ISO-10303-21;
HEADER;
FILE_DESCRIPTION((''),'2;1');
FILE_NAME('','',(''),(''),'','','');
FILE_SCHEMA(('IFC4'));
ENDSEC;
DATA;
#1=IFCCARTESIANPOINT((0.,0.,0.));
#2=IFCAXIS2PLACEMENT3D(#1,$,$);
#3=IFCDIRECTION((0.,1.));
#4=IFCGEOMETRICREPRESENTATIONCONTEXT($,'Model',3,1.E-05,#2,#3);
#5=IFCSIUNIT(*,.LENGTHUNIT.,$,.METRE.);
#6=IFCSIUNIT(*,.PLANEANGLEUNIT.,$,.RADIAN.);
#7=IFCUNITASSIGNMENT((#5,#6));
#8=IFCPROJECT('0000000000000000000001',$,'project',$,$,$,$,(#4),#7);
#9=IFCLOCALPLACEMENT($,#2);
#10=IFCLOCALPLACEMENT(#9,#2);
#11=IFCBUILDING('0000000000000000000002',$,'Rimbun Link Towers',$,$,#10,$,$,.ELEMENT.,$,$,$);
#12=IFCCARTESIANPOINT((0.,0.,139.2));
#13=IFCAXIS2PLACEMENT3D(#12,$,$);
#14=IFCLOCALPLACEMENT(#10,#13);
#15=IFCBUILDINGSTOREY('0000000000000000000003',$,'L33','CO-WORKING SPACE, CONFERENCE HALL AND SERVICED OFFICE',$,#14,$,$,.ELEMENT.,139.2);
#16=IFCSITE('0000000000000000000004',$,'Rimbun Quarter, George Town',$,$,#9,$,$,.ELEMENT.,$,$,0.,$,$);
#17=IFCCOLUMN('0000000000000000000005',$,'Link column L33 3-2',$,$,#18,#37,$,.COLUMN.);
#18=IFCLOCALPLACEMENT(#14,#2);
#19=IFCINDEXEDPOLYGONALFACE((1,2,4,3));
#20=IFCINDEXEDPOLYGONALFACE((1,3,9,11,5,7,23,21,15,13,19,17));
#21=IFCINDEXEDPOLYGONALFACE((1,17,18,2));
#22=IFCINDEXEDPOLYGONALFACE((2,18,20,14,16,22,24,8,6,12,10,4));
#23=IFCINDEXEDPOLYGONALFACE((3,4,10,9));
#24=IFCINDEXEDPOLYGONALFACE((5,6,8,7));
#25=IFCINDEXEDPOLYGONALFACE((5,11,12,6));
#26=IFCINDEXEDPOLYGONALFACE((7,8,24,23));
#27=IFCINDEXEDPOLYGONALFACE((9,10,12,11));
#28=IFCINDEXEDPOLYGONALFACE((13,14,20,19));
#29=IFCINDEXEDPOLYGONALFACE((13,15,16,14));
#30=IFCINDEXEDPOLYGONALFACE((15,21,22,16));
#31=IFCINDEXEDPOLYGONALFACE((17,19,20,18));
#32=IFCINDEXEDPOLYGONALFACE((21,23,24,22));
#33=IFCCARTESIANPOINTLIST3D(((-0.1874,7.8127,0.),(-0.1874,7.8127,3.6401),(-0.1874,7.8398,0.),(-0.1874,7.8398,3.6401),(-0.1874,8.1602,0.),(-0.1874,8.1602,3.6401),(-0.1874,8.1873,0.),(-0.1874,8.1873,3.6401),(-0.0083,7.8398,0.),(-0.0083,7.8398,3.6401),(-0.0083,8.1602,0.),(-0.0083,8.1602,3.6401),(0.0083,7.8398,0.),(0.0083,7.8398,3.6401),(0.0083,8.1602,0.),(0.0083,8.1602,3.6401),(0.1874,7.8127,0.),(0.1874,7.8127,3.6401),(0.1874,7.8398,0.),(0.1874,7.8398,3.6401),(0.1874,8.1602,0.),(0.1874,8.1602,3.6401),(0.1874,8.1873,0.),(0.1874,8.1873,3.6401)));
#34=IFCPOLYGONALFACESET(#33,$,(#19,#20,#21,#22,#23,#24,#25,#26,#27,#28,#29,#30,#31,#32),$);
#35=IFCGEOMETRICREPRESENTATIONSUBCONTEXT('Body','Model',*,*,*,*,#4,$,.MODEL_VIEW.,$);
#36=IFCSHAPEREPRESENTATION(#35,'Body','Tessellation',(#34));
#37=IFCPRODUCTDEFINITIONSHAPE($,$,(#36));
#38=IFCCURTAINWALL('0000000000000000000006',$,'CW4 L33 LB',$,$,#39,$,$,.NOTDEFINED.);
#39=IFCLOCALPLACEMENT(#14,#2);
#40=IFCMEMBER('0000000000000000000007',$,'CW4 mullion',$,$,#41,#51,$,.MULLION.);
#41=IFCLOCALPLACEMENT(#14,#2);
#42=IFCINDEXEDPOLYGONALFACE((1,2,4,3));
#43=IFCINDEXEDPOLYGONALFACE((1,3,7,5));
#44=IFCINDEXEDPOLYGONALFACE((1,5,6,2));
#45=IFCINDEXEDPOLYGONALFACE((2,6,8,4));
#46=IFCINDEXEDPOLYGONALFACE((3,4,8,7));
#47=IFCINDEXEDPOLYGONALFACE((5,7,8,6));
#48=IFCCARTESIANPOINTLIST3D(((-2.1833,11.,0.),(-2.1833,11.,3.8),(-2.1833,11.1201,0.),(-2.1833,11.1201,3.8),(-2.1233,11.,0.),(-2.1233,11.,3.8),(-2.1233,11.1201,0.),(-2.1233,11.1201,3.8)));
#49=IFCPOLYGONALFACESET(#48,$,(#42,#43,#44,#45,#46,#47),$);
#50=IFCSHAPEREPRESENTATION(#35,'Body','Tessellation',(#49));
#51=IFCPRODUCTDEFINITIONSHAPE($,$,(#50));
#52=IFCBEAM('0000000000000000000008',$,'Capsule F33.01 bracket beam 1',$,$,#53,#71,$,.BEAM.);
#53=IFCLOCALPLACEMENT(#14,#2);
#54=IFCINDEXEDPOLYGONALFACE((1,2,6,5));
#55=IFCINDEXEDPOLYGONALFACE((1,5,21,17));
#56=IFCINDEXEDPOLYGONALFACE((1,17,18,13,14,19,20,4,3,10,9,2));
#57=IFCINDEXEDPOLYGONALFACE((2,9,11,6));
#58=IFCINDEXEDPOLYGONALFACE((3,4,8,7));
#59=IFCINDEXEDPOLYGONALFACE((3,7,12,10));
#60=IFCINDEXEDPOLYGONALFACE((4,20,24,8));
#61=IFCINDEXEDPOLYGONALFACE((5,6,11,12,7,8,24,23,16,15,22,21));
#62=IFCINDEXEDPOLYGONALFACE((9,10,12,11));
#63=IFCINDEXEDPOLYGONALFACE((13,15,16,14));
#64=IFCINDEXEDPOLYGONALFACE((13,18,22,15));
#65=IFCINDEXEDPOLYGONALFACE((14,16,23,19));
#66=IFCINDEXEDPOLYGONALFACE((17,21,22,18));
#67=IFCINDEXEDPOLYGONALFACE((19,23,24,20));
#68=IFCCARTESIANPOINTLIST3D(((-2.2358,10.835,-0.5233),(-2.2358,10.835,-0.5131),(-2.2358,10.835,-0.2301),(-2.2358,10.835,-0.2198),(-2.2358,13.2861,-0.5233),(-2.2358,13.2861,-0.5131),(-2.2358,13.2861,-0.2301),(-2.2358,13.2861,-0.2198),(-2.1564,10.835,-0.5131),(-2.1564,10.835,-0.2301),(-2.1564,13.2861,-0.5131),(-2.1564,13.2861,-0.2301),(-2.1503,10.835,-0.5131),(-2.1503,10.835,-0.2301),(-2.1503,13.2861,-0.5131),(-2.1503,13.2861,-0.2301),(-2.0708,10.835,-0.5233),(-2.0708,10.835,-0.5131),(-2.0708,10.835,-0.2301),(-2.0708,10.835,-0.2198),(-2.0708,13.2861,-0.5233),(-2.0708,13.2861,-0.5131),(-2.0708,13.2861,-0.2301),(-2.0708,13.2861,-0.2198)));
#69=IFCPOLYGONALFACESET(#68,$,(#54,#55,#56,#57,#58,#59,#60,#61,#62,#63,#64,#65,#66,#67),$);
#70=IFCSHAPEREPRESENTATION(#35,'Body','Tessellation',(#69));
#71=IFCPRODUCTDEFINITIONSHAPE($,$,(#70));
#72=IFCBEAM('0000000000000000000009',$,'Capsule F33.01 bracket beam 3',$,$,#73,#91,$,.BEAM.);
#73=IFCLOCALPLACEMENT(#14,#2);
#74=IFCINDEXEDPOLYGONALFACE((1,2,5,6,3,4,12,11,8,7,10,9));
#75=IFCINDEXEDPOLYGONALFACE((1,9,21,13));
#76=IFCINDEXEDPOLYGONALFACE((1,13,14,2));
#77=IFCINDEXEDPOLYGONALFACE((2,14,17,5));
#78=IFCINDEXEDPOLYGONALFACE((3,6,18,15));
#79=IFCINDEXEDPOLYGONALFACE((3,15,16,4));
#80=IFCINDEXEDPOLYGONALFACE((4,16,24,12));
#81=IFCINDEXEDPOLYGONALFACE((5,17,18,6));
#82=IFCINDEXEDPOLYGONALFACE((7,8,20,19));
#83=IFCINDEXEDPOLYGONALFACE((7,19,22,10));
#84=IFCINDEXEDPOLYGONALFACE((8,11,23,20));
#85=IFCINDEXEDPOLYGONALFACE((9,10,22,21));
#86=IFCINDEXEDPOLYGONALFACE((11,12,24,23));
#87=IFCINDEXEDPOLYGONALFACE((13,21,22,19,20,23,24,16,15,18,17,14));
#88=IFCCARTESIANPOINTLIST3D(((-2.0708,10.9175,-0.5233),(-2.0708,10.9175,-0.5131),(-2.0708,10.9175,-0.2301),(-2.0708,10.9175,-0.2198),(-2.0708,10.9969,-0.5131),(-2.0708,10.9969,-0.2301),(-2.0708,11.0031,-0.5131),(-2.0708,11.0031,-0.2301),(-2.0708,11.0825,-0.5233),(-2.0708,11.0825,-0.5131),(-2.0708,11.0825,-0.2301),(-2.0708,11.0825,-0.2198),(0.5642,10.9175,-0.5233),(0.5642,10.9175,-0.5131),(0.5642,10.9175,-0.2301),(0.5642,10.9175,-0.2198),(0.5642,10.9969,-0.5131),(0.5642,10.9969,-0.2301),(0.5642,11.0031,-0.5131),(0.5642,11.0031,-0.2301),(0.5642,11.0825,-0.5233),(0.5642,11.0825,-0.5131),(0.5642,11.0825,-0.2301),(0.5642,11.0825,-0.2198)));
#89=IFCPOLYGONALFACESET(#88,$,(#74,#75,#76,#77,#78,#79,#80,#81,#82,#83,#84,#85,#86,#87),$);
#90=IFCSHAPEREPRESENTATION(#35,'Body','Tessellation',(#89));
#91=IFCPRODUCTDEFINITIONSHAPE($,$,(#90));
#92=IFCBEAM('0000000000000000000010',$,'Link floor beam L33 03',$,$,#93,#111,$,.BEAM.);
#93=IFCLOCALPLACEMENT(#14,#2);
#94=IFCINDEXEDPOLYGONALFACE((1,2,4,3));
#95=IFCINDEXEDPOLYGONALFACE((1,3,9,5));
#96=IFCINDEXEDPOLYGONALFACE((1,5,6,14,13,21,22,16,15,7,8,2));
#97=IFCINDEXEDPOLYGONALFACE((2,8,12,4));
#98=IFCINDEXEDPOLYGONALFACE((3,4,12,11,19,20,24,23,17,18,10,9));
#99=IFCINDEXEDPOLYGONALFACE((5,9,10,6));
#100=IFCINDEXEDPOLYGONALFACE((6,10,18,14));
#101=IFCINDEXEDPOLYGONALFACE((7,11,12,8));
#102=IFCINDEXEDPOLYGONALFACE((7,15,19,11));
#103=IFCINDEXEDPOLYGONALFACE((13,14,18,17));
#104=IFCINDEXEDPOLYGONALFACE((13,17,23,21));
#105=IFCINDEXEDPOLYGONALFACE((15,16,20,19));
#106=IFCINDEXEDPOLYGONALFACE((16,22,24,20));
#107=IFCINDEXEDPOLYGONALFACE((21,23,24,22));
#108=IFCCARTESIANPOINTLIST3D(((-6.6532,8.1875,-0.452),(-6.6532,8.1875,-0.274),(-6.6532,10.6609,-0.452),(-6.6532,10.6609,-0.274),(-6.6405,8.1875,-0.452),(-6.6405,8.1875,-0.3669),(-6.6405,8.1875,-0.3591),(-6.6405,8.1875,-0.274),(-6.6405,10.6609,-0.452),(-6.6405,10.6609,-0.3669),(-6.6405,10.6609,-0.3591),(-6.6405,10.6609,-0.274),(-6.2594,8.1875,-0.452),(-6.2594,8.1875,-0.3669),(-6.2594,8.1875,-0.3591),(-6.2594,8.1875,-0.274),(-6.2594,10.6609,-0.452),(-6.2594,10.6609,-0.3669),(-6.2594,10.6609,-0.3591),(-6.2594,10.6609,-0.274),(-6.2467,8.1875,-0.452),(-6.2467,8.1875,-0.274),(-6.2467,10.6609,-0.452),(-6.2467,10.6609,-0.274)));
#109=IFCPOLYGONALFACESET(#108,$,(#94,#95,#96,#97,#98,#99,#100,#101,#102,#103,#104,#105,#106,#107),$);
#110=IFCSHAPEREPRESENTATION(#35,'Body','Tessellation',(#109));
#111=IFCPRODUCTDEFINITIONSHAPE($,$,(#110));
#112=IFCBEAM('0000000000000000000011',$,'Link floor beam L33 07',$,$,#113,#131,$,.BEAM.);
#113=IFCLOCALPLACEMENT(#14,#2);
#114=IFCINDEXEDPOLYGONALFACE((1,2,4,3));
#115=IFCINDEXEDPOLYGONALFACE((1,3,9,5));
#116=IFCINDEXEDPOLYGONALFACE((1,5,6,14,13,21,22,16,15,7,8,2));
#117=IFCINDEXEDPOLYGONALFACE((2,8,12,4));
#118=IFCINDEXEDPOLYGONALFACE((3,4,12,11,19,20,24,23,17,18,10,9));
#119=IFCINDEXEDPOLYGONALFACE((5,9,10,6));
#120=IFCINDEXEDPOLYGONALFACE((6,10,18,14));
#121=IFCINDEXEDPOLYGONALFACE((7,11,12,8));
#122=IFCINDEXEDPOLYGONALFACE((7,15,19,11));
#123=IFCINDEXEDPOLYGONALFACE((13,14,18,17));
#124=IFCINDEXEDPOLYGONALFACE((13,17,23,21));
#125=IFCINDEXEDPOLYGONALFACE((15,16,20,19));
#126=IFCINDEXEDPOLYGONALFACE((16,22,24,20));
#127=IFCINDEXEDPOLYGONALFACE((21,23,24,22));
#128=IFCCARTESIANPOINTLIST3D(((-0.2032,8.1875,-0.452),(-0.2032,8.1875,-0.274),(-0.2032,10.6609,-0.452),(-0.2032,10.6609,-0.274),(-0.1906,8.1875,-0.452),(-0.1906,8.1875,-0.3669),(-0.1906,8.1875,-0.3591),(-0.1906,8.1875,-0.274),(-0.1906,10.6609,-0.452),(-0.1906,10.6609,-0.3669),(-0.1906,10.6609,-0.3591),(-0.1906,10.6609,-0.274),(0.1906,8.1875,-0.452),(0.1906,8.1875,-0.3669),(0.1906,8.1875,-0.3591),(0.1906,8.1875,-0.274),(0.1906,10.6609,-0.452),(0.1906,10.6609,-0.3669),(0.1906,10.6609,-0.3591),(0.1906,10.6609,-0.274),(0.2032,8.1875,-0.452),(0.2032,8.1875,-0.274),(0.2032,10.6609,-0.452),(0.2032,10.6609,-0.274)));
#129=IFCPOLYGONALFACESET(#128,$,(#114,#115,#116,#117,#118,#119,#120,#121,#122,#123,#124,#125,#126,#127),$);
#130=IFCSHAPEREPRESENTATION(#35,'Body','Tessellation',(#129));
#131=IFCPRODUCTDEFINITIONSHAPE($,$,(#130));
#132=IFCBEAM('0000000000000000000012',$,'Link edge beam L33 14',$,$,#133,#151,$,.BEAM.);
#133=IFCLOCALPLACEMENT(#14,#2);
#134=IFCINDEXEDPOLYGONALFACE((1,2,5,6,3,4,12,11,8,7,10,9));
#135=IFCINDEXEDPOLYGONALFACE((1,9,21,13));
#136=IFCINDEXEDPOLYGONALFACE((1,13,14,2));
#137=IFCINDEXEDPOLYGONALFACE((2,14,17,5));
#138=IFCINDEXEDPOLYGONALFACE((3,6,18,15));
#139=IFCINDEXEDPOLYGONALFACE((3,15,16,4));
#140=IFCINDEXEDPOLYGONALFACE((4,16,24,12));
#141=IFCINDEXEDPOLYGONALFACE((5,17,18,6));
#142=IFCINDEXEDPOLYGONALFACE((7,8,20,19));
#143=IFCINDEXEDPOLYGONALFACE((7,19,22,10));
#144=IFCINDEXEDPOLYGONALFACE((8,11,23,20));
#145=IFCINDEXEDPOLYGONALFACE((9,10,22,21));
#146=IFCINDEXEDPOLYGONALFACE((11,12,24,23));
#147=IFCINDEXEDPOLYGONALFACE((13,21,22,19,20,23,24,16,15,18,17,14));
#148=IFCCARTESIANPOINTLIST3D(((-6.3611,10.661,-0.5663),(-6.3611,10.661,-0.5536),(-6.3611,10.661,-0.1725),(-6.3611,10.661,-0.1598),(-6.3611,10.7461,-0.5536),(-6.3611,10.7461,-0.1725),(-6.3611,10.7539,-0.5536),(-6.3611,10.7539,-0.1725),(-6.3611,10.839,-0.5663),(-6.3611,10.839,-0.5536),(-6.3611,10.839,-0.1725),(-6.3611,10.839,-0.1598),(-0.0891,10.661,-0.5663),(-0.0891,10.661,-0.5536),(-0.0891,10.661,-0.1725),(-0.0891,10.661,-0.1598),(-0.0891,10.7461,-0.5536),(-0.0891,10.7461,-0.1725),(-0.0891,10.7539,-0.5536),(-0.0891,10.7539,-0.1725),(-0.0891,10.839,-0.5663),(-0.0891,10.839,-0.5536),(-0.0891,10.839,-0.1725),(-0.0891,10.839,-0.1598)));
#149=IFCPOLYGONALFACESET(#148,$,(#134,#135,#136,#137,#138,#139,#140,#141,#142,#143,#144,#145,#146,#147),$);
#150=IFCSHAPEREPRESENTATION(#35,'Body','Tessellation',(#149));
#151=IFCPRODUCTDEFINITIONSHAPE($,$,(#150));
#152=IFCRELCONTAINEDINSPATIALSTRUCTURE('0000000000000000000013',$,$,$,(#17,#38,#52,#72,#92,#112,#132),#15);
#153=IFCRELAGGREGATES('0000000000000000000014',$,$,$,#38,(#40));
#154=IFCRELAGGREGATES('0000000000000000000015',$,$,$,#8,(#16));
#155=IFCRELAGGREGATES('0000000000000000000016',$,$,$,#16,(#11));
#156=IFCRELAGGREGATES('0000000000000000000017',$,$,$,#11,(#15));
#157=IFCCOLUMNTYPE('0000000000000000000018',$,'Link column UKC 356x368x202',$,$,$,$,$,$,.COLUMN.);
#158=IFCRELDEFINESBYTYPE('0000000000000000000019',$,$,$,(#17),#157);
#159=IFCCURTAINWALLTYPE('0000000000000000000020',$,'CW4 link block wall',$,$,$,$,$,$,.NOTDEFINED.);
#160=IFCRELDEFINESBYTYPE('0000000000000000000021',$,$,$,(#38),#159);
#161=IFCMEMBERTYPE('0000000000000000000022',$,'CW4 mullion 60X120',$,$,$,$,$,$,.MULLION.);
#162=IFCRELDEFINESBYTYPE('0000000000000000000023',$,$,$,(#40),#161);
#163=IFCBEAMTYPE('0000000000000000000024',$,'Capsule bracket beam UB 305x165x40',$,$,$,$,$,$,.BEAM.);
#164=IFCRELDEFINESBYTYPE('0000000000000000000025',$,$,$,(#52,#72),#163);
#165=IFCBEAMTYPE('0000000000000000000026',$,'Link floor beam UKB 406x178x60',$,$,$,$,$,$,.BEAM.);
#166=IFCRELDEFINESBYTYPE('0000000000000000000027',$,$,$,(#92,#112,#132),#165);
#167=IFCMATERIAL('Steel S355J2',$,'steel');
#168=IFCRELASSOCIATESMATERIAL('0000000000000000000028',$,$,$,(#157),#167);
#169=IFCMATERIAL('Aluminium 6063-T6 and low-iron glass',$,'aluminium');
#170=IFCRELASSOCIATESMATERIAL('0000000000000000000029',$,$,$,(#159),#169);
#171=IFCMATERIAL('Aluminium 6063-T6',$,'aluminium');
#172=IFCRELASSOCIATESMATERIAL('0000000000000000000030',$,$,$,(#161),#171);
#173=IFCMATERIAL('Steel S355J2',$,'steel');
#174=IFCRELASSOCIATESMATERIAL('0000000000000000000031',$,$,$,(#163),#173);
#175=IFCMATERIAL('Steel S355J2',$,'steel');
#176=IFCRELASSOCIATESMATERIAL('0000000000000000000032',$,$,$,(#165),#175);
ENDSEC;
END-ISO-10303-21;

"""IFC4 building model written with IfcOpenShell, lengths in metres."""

from ifc_helpers import new_model, si_unit, direction, frame, origin, origin_2d, place, context, subcontext, project, spatial, rectangle, i_section, extrude, material, material_profile, profile_set, type_object, element, aggregate, save


model = new_model("IFC4")

# Units and contexts
model_context = context("Model", 3, precision=1e-05, world=origin(), true_north=direction((0.0, 1.0)))
body_context = subcontext(model_context, "Body", "Model", "MODEL_VIEW")
ifc_project = project(units=[si_unit("LENGTHUNIT", "METRE"), si_unit("PLANEANGLEUNIT", "RADIAN")], contexts=[model_context])

# Site, building, storey
site_placement = place(None, origin())
site = spatial("IfcSite", under=ifc_project, at=site_placement, Name="Rimbun Quarter, George Town", CompositionType="ELEMENT", RefElevation=0.0)
building_placement = place(site_placement, origin())
building = spatial("IfcBuilding", under=site, at=building_placement, Name="Rimbun Link Towers", CompositionType="ELEMENT")
storey_placement = place(building_placement, frame((0.0, 0.0, 139.2)))
storey = spatial("IfcBuildingStorey", under=building, at=storey_placement, Name="L33", Description="CO-WORKING SPACE, CONFERENCE HALL AND SERVICED OFFICE", CompositionType="ELEMENT", Elevation=139.2)

# Column
ifc_material_1 = material(Name="Steel S355J2", Category="steel")
ifc_material_profile_1 = material_profile(ifc_material_1, i_section(OverallWidth=0.3748, OverallDepth=0.3745, WebThickness=0.0166, FlangeThickness=0.0271, at=origin_2d()), Name="UKC 356x368x202")
ifc_profile_set_1 = profile_set([ifc_material_profile_1], Name="Steel S355J2")
column_type = type_object("IfcColumnType", Name="Link column UKC 356x368x202", PredefinedType="COLUMN", material=ifc_profile_set_1)
column_placement = place(storey_placement, frame((0.0, 8.0, 0.0), z_axis=(0.0, 0.0, 1.0), x_axis=(1.0, 0.0, 0.0)))
element("IfcColumn", 1, at=column_placement, inside=storey, type_object=column_type, Name="Link column L33 3-2", PredefinedType="COLUMN", context=body_context, shape_type="SweptSolid", body=[
    extrude(i_section(OverallWidth=0.3748, OverallDepth=0.3745, WebThickness=0.0166, FlangeThickness=0.0271, at=origin_2d()), origin(), (0.0, 0.0, 1.0), 3.6401),
])

# Curtain wall, member
ifc_material_2 = material(Name="Aluminium 6063-T6 and low-iron glass", Category="aluminium")
curtain_wall_type = type_object("IfcCurtainWallType", Name="CW4 link block wall", PredefinedType="NOTDEFINED", material=ifc_material_2)
curtain_wall_placement = place(storey_placement, origin())
curtain_wall = element("IfcCurtainWall", 2, at=curtain_wall_placement, inside=storey, type_object=curtain_wall_type, Name="CW4 L33 LB", PredefinedType="NOTDEFINED")
ifc_material_3 = material(Name="Aluminium 6063-T6", Category="aluminium")
ifc_material_profile_2 = material_profile(ifc_material_3, rectangle(XDim=0.1201, YDim=0.0601, at=origin_2d()), Name="MULLION 60X120")
ifc_profile_set_2 = profile_set([ifc_material_profile_2], Name="Aluminium 6063-T6")
member_type_1 = type_object("IfcMemberType", Name="CW4 mullion 60X120", PredefinedType="MULLION", material=ifc_profile_set_2)
member_1_placement = place(storey_placement, frame((-2.1533, 11.0601, 0.0), z_axis=(0.0, 0.0, 1.0), x_axis=(0.0, 1.0, 0.0)))
member_1 = element("IfcMember", 3, at=member_1_placement, type_object=member_type_1, Name="CW4 mullion", PredefinedType="MULLION", context=body_context, shape_type="SweptSolid", body=[
    extrude(rectangle(XDim=0.1201, YDim=0.0601, at=origin_2d()), origin(), (0.0, 0.0, 1.0), 3.8),
])

# Beams
ifc_material_4 = material(Name="Steel S355J2", Category="steel")
ifc_material_profile_3 = material_profile(ifc_material_4, i_section(OverallWidth=0.165, OverallDepth=0.3035, WebThickness=0.0061, FlangeThickness=0.0103, at=origin_2d()), Name="UB 305x165x40")
ifc_profile_set_3 = profile_set([ifc_material_profile_3], Name="Steel S355J2")
beam_type_1 = type_object("IfcBeamType", Name="Capsule bracket beam UB 305x165x40", PredefinedType="BEAM", material=ifc_profile_set_3)
beam_1_placement = place(storey_placement, frame((-2.1533, 10.835, -0.3716), z_axis=(0.0, 1.0, 0.0), x_axis=(-1.0, 0.0, 0.0)))
element("IfcBeam", 4, at=beam_1_placement, inside=storey, type_object=beam_type_1, Name="Capsule F33.01 bracket beam 1", PredefinedType="BEAM", context=body_context, shape_type="SweptSolid", body=[
    extrude(i_section(OverallWidth=0.165, OverallDepth=0.3035, WebThickness=0.0061, FlangeThickness=0.0103, at=origin_2d()), origin(), (0.0, 0.0, 1.0), 2.4512),
])
beam_2_placement = place(storey_placement, frame((-2.0708, 11.0, -0.3716), z_axis=(1.0, 0.0, 0.0), x_axis=(0.0, 1.0, 0.0)))
element("IfcBeam", 5, at=beam_2_placement, inside=storey, type_object=beam_type_1, Name="Capsule F33.01 bracket beam 3", PredefinedType="BEAM", context=body_context, shape_type="SweptSolid", body=[
    extrude(i_section(OverallWidth=0.165, OverallDepth=0.3035, WebThickness=0.0061, FlangeThickness=0.0103, at=origin_2d()), origin(), (0.0, 0.0, 1.0), 2.635),
])
ifc_material_5 = material(Name="Steel S355J2", Category="steel")
ifc_material_profile_4 = material_profile(ifc_material_5, i_section(OverallWidth=0.178, OverallDepth=0.4065, WebThickness=0.0078, FlangeThickness=0.0127, at=origin_2d()), Name="UKB 406x178x60")
ifc_profile_set_4 = profile_set([ifc_material_profile_4], Name="Steel S355J2")
beam_type_2 = type_object("IfcBeamType", Name="Link floor beam UKB 406x178x60", PredefinedType="BEAM", material=ifc_profile_set_4)
for number, where, z_axis, x_axis, name in (
    (6, (-6.45, 8.1875, -0.363), (0.0, 1.0, 0.0), (0.0, 0.0, 1.0), "Link floor beam L33 03"),
    (7, (0.0, 8.1875, -0.363), (0.0, 1.0, 0.0), (0.0, 0.0, 1.0), "Link floor beam L33 07"),
):
    element("IfcBeam", number, at=place(storey_placement, frame(where, z_axis=z_axis, x_axis=x_axis)), inside=storey, type_object=beam_type_2, Name=name, PredefinedType="BEAM", context=body_context, shape_type="SweptSolid", body=[
        extrude(i_section(OverallWidth=0.178, OverallDepth=0.4065, WebThickness=0.0078, FlangeThickness=0.0127, at=origin_2d()), origin(), (0.0, 0.0, 1.0), 2.4734),
    ])
beam_3_placement = place(storey_placement, frame((-6.3611, 10.75, -0.363), z_axis=(1.0, 0.0, 0.0), x_axis=(0.0, 1.0, 0.0)))
element("IfcBeam", 8, at=beam_3_placement, inside=storey, type_object=beam_type_2, Name="Link edge beam L33 14", PredefinedType="BEAM", context=body_context, shape_type="SweptSolid", body=[
    extrude(i_section(OverallWidth=0.178, OverallDepth=0.4065, WebThickness=0.0078, FlangeThickness=0.0127, at=origin_2d()), origin(), (0.0, 0.0, 1.0), 6.272),
])

aggregate(curtain_wall, [member_1])

save(model, "model.ifc")
